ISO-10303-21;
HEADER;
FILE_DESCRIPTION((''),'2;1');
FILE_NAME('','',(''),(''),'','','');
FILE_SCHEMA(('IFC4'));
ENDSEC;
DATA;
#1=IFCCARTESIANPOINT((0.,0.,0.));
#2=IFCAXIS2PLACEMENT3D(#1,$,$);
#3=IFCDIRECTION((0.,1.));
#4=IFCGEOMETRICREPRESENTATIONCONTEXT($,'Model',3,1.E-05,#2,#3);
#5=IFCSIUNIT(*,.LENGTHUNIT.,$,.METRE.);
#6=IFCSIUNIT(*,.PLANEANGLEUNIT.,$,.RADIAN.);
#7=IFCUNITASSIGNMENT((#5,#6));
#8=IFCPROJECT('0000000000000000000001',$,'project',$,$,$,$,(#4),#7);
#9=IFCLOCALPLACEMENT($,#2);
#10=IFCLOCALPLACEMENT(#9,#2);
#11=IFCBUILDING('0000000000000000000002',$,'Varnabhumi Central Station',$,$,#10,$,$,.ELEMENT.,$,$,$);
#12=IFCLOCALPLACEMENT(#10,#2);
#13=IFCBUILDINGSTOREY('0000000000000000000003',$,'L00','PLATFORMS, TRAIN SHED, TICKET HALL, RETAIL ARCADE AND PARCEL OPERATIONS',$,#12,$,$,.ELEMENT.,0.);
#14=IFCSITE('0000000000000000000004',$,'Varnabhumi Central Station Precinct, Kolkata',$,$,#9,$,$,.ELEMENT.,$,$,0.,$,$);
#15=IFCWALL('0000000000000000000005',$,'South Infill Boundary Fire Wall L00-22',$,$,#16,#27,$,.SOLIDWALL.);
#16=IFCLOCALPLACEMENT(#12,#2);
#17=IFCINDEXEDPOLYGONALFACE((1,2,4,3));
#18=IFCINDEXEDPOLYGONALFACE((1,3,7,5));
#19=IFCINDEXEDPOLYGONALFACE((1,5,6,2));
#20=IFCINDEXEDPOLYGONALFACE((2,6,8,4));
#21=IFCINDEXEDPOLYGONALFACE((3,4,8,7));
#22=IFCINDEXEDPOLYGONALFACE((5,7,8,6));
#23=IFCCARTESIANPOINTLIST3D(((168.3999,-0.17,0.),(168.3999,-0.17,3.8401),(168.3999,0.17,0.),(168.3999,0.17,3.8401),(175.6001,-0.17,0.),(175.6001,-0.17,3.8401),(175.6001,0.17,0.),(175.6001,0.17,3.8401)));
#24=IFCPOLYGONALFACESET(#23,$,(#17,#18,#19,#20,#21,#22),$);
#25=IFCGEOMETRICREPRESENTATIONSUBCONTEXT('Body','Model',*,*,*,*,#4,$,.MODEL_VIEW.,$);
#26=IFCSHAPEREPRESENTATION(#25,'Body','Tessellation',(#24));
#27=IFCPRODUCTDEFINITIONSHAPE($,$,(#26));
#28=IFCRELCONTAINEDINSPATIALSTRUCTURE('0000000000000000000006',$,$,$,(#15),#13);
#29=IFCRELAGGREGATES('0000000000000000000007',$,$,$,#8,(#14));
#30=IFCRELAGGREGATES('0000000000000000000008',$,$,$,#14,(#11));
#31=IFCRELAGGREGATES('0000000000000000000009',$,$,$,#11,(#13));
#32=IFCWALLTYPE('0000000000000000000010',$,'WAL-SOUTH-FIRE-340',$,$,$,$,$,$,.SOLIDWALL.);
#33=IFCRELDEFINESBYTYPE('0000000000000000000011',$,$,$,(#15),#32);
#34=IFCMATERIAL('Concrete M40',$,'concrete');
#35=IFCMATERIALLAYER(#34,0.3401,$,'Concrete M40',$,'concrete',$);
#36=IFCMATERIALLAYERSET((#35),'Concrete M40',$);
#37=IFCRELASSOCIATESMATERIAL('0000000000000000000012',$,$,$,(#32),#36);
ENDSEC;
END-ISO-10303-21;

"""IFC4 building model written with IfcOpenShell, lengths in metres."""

from ifc_helpers import new_model, si_unit, direction, frame, frame_2d, origin, place, context, subcontext, project, spatial, rectangle, extrude, material, layer, layer_set, type_object, element, save


model = new_model("IFC4")

# Units and contexts
model_context = context("Model", 3, precision=1e-05, world=origin(), true_north=direction((0.0, 1.0)))
body_context = subcontext(model_context, "Body", "Model", "MODEL_VIEW")
ifc_project = project(units=[si_unit("LENGTHUNIT", "METRE"), si_unit("PLANEANGLEUNIT", "RADIAN")], contexts=[model_context])

# Site, building, storey
site_placement = place(None, origin())
site = spatial("IfcSite", under=ifc_project, at=site_placement, Name="Varnabhumi Central Station Precinct, Kolkata", CompositionType="ELEMENT", RefElevation=0.0)
building_placement = place(site_placement, origin())
building = spatial("IfcBuilding", under=site, at=building_placement, Name="Varnabhumi Central Station", CompositionType="ELEMENT")
storey_placement = place(building_placement, origin())
storey = spatial("IfcBuildingStorey", under=building, at=storey_placement, Name="L00", Description="PLATFORMS, TRAIN SHED, TICKET HALL, RETAIL ARCADE AND PARCEL OPERATIONS", CompositionType="ELEMENT", Elevation=0.0)

# Shared definitions
ifc_material_1 = material(Name="Concrete M40", Category="concrete")

# Wall
ifc_layer_1 = layer(ifc_material_1, 0.3401, Name="Concrete M40", Category="concrete")
ifc_layer_set_1 = layer_set([ifc_layer_1], Name="Concrete M40")
wall_type = type_object("IfcWallType", Name="WAL-SOUTH-FIRE-340", PredefinedType="SOLIDWALL", material=ifc_layer_set_1)
for number, where, z_axis, x_axis, name in (
    (1, (168.3999, 0.0, 0.0), (0.0, 0.0, 1.0), (1.0, 0.0, 0.0), "South Infill Boundary Fire Wall L00-22"),
):
    element("IfcWall", number, at=place(storey_placement, frame(where, z_axis=z_axis, x_axis=x_axis)), inside=storey, type_object=wall_type, Name=name, PredefinedType="SOLIDWALL", context=body_context, shape_type="SweptSolid", body=[
        extrude(rectangle(XDim=7.2002, YDim=0.3401, at=frame_2d((3.6001, 0.0))), origin(), (0.0, 0.0, 1.0), 3.8401),
    ])

save(model, "model.ifc")
